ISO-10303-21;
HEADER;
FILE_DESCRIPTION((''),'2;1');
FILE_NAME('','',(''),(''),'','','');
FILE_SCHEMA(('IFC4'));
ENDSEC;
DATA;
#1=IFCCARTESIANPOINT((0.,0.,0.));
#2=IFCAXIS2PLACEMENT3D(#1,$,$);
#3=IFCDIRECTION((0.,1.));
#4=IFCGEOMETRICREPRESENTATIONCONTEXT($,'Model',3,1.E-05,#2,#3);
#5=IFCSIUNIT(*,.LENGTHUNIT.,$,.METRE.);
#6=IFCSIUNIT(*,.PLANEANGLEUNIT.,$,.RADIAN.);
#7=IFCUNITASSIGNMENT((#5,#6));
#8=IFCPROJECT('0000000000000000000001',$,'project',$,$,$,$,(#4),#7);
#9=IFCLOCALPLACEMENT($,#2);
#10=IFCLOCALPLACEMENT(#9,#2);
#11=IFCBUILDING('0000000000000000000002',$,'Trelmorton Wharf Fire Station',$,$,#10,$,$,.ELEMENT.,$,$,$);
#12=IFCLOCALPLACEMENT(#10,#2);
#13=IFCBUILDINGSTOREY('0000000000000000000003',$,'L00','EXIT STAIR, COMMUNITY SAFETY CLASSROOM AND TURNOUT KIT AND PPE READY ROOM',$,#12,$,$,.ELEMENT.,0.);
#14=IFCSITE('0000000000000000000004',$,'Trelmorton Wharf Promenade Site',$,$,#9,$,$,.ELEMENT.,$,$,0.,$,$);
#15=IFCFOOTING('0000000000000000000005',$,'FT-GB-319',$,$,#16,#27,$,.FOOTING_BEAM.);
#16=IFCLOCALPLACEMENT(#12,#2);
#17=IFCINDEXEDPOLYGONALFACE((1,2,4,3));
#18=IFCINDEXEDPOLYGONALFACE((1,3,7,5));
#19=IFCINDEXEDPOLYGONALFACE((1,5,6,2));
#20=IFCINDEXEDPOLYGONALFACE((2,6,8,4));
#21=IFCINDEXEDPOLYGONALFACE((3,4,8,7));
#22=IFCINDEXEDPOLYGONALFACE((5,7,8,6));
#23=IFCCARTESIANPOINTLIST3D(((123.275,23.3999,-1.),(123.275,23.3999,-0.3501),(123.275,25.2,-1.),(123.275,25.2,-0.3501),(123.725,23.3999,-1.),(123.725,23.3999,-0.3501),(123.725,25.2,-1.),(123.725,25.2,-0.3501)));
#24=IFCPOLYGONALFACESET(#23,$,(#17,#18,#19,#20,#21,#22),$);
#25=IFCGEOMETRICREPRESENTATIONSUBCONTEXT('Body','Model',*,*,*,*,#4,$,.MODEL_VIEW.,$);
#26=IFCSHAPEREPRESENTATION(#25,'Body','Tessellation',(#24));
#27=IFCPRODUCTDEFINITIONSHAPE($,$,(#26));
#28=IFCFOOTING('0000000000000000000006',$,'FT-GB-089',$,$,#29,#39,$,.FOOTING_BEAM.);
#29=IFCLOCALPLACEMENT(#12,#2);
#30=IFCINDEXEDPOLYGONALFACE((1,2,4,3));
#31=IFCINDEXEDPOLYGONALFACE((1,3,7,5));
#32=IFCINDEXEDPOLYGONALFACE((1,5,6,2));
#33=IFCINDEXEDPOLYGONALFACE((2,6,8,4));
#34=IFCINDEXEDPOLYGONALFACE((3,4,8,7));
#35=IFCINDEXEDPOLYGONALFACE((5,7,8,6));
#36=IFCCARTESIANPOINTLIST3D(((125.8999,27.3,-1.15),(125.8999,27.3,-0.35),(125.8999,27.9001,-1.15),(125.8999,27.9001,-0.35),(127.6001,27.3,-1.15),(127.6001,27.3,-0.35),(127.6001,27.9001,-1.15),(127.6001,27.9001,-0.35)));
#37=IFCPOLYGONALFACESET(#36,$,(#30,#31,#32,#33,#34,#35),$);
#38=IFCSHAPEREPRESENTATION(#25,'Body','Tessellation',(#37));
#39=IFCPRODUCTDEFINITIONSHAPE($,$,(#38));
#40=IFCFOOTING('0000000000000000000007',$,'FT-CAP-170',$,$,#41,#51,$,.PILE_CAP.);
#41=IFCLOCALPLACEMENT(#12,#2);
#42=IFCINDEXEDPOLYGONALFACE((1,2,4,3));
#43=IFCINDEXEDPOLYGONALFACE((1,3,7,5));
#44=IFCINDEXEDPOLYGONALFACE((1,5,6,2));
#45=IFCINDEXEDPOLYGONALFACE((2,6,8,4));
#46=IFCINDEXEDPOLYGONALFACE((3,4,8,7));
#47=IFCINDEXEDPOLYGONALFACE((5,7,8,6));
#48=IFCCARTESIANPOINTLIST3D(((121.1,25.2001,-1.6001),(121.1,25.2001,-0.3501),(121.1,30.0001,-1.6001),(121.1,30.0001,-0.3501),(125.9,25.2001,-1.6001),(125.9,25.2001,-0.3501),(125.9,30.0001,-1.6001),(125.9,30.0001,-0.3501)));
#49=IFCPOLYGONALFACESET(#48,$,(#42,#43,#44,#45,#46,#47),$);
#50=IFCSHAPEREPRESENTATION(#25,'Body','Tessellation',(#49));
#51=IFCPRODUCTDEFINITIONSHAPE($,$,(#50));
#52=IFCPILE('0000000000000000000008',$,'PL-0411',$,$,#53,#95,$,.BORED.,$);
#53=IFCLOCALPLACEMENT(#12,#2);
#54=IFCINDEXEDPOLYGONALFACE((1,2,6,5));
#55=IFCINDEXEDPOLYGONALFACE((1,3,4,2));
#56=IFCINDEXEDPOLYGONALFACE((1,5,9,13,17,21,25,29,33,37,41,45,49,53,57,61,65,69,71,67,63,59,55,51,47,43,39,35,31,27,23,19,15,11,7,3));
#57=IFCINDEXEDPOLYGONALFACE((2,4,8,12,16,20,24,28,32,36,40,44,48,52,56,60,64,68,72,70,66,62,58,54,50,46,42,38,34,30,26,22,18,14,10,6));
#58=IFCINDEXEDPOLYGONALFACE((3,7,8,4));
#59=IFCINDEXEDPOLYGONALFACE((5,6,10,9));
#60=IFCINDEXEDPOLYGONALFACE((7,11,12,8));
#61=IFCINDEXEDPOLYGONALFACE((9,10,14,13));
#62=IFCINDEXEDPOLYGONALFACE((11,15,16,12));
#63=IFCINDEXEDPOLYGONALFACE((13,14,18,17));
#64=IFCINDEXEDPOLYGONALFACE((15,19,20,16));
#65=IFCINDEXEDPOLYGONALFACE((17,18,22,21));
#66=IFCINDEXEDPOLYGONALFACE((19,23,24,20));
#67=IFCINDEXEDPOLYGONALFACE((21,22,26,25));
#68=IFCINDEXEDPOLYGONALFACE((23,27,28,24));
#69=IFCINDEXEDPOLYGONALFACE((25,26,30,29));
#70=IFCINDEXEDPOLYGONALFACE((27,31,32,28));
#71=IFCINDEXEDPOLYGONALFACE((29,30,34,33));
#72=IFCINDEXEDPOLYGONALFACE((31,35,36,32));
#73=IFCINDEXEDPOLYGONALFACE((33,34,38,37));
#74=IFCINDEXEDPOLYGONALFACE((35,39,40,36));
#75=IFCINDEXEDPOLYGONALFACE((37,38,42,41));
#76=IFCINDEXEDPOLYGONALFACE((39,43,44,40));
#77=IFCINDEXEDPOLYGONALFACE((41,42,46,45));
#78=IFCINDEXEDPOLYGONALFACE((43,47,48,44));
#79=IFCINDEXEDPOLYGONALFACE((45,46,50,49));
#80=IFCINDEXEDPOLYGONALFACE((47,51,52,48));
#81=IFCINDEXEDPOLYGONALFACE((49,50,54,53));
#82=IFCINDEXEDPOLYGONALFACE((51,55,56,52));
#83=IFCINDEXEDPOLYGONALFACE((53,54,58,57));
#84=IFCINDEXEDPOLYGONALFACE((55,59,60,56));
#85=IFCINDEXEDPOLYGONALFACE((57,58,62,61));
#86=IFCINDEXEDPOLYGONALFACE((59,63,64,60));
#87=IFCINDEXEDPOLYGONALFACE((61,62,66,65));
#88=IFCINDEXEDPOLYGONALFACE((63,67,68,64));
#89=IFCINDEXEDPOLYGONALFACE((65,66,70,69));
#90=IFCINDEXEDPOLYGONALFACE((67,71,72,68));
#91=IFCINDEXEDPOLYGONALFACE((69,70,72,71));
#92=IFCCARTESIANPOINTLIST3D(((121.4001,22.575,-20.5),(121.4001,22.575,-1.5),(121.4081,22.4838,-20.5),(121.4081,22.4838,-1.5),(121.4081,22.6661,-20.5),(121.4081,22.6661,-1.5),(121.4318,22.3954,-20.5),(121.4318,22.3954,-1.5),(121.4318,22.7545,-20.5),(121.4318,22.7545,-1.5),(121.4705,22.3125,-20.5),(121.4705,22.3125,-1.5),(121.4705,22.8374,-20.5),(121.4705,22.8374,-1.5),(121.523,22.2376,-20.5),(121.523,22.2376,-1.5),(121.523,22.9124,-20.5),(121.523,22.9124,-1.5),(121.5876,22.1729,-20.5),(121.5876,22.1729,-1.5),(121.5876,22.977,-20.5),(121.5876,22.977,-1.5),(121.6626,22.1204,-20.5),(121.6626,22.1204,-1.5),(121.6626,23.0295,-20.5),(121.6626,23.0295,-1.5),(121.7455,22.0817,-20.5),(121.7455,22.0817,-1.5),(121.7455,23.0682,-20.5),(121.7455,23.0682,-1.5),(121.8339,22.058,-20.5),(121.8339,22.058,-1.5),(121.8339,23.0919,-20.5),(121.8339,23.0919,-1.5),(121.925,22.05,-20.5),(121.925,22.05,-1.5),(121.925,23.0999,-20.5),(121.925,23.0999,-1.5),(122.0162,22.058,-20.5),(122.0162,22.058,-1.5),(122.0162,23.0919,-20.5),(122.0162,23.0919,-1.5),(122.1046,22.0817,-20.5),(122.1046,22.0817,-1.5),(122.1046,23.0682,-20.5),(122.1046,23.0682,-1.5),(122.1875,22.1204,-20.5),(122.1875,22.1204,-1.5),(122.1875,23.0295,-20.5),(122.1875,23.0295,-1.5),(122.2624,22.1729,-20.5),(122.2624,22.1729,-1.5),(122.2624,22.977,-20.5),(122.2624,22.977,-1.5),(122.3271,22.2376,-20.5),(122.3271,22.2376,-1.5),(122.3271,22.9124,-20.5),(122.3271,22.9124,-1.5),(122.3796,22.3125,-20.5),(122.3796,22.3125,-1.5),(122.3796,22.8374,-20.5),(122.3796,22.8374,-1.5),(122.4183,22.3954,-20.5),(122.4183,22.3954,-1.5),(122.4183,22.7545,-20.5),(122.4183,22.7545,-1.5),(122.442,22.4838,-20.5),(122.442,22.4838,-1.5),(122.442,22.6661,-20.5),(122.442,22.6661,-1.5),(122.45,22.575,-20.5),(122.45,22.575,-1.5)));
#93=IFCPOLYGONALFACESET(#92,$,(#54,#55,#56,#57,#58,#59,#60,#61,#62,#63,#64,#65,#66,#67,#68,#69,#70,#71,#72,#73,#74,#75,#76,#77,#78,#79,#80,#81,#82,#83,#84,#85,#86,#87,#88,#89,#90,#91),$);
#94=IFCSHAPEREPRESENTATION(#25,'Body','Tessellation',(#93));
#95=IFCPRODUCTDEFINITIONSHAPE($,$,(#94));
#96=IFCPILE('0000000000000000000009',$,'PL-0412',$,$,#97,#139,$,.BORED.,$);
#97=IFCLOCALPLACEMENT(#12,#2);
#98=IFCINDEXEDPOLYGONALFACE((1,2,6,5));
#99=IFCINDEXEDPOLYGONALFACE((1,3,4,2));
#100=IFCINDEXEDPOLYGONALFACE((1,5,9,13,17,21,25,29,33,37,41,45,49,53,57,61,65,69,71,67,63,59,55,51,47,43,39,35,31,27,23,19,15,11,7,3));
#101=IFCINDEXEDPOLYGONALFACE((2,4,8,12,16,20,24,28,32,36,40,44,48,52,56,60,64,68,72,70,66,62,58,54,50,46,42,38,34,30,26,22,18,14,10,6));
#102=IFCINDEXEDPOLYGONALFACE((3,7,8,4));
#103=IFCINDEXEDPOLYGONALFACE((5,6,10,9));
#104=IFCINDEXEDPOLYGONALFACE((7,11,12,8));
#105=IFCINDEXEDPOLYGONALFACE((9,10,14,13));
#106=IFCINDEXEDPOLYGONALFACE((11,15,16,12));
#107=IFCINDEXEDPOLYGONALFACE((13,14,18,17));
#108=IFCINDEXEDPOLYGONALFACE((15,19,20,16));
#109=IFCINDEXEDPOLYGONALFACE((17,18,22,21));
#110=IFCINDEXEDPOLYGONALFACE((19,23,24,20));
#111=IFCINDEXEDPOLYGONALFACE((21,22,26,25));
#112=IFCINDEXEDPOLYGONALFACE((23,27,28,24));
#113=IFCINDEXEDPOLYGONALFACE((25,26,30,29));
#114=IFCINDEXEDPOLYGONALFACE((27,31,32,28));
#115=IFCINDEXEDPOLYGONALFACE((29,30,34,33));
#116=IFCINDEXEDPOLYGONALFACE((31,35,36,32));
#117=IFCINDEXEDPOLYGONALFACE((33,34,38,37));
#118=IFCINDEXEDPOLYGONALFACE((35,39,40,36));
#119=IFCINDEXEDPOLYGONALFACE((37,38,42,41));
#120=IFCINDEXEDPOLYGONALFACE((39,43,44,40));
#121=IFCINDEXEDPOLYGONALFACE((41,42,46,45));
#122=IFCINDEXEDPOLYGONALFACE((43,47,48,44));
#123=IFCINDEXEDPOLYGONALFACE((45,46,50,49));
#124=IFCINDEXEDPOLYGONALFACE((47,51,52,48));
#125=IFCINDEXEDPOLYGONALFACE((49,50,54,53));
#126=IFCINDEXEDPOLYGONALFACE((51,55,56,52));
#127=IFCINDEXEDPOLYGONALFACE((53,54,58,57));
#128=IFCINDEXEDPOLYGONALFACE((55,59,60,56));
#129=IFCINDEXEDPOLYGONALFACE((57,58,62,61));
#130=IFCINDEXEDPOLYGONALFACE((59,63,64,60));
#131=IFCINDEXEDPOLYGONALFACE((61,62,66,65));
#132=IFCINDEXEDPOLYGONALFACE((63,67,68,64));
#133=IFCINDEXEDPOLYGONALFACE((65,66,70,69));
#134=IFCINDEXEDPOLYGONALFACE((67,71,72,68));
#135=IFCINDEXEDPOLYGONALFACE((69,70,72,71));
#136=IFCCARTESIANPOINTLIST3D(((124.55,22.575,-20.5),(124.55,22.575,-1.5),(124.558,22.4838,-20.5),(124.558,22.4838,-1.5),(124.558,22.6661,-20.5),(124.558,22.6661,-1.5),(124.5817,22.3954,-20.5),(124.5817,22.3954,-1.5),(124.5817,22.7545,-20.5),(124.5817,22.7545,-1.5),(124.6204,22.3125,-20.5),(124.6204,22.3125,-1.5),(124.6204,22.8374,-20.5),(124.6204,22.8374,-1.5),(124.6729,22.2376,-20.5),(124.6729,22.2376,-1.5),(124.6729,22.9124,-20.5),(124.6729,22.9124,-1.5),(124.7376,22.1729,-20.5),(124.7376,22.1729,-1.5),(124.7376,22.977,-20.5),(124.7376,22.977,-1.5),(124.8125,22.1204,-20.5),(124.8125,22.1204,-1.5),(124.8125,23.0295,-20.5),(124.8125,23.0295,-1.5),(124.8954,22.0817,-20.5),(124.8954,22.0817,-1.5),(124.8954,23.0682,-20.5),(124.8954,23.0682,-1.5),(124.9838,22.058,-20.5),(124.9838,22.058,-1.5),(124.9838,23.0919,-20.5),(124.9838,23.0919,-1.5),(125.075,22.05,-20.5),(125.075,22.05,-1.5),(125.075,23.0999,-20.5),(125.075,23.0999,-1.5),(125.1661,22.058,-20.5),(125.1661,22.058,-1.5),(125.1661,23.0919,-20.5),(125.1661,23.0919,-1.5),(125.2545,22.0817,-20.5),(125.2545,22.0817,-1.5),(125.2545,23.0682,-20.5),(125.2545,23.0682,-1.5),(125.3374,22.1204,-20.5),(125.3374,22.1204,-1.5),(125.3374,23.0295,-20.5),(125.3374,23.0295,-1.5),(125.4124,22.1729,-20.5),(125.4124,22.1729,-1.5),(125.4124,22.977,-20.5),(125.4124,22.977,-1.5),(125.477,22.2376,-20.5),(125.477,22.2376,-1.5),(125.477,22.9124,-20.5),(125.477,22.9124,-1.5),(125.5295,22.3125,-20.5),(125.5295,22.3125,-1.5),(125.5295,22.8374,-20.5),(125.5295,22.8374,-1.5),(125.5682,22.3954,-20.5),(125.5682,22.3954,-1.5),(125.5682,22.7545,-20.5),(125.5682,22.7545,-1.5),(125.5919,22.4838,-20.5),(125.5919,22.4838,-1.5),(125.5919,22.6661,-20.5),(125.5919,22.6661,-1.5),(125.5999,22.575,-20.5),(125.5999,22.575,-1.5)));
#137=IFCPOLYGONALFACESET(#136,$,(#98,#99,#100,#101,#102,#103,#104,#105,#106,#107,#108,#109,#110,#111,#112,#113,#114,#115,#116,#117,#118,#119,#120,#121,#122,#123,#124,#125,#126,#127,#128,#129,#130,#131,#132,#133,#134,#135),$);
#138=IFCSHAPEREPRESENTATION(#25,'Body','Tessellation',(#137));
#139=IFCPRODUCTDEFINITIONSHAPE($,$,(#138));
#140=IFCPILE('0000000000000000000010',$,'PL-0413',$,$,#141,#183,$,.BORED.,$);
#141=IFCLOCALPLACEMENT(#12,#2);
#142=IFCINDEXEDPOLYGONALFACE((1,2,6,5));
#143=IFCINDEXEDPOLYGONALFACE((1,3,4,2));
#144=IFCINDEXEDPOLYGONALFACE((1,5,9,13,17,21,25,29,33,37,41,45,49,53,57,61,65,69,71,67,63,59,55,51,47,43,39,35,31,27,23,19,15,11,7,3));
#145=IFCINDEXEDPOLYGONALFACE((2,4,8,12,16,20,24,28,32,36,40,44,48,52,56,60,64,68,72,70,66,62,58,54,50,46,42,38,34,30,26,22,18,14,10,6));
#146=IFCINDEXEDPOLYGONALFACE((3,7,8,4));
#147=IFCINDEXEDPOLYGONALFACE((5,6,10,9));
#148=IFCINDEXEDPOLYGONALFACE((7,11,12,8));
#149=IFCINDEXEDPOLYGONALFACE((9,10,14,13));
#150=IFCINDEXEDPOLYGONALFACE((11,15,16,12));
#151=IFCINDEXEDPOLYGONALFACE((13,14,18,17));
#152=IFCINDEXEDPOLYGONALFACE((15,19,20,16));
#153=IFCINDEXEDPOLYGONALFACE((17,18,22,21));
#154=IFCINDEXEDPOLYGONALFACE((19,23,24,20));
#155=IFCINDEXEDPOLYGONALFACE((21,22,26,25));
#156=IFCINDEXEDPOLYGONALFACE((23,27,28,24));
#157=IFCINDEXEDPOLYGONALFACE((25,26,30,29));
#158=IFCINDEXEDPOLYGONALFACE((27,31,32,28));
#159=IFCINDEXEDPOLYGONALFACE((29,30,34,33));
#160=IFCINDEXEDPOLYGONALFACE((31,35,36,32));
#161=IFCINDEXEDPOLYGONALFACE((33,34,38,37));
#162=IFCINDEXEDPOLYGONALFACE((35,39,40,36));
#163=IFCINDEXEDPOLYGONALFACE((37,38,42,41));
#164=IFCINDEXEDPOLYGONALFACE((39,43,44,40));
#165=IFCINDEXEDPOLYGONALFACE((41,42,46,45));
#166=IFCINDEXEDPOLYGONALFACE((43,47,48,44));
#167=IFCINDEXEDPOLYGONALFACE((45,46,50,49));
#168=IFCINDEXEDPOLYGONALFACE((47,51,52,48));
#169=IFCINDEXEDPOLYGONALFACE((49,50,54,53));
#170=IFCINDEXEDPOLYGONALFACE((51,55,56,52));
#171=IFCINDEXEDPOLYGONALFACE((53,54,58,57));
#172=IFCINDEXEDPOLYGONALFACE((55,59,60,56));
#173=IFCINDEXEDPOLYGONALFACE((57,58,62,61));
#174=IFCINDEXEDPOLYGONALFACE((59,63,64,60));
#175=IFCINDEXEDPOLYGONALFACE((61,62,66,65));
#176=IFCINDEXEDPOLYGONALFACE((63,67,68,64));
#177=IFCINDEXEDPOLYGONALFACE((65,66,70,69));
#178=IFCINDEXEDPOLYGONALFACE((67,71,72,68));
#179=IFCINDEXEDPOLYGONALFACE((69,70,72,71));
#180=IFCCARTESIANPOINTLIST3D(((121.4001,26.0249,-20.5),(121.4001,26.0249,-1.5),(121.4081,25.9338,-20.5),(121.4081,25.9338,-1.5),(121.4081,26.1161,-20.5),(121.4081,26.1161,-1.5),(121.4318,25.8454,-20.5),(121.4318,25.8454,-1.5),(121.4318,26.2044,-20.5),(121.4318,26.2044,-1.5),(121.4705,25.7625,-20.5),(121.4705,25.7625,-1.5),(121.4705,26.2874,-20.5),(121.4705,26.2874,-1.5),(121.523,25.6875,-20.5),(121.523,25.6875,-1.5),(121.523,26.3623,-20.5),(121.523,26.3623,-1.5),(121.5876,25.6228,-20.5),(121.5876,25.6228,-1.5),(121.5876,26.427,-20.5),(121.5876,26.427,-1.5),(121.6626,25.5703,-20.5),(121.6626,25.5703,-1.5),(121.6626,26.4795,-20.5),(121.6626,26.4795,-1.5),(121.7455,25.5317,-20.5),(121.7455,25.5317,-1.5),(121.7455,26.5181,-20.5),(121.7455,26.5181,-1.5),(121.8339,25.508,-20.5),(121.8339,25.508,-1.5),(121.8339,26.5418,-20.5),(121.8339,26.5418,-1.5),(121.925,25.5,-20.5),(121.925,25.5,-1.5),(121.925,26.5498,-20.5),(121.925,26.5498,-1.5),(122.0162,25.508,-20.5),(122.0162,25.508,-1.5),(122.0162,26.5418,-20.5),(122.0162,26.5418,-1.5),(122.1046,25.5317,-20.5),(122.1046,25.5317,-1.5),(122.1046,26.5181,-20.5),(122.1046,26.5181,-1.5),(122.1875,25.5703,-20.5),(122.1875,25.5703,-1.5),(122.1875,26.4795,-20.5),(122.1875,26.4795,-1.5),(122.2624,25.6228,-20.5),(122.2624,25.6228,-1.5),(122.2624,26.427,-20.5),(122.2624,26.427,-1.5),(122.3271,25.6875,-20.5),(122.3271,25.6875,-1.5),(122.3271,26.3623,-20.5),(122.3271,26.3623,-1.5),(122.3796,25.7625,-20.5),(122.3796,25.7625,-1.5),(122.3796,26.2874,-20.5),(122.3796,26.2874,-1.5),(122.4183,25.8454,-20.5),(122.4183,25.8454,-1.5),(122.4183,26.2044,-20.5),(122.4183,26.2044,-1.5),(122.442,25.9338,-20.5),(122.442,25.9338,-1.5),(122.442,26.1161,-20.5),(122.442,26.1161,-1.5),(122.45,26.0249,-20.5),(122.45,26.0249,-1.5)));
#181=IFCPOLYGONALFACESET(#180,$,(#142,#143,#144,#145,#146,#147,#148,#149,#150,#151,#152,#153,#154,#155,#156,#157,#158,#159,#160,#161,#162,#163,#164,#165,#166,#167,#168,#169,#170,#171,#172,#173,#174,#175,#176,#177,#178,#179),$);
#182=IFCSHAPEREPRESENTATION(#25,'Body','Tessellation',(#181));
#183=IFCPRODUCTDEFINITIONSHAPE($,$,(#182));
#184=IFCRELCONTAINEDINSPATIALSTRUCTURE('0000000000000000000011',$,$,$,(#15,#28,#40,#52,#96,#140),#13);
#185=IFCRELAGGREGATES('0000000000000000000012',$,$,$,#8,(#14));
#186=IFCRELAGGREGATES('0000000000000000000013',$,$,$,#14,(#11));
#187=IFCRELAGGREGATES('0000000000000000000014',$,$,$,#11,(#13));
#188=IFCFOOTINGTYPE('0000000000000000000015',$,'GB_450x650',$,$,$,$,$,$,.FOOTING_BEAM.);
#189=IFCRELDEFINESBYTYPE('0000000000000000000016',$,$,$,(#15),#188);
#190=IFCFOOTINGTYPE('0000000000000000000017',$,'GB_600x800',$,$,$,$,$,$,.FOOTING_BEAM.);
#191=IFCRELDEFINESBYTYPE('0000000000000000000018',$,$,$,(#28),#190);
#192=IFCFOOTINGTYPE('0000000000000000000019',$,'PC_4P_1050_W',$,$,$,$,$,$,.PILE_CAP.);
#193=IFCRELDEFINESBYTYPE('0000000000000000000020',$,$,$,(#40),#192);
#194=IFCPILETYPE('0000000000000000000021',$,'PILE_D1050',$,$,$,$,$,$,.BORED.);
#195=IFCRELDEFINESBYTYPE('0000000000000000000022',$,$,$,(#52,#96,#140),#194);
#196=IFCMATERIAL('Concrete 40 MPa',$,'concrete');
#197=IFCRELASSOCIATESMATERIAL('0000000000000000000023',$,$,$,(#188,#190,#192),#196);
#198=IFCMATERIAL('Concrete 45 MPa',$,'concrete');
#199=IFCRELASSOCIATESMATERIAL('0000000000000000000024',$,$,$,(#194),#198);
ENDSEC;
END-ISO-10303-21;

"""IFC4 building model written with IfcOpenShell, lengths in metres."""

from ifc_helpers import new_model, si_unit, direction, frame, origin, origin_2d, place, context, subcontext, project, spatial, rectangle, circle, extrude, material, material_profile, profile_set, type_object, element, save


model = new_model("IFC4")

# Units and contexts
model_context = context("Model", 3, precision=1e-05, world=origin(), true_north=direction((0.0, 1.0)))
body_context = subcontext(model_context, "Body", "Model", "MODEL_VIEW")
ifc_project = project(units=[si_unit("LENGTHUNIT", "METRE"), si_unit("PLANEANGLEUNIT", "RADIAN")], contexts=[model_context])

# Site, building, storey
site_placement = place(None, origin())
site = spatial("IfcSite", under=ifc_project, at=site_placement, Name="Trelmorton Wharf Promenade Site", CompositionType="ELEMENT", RefElevation=0.0)
building_placement = place(site_placement, origin())
building = spatial("IfcBuilding", under=site, at=building_placement, Name="Trelmorton Wharf Fire Station", CompositionType="ELEMENT")
storey_placement = place(building_placement, origin())
storey = spatial("IfcBuildingStorey", under=building, at=storey_placement, Name="L00", Description="EXIT STAIR, COMMUNITY SAFETY CLASSROOM AND TURNOUT KIT AND PPE READY ROOM", CompositionType="ELEMENT", Elevation=0.0)

# Footings
ifc_material_1 = material(Name="Concrete 40 MPa", Category="concrete")
ifc_material_profile_1 = material_profile(ifc_material_1, rectangle(XDim=0.45, YDim=0.6499, at=origin_2d()), Name="RC450x650")
ifc_profile_set_1 = profile_set([ifc_material_profile_1], Name="Concrete 40 MPa")
footing_type_1 = type_object("IfcFootingType", Name="GB_450x650", PredefinedType="FOOTING_BEAM", material=ifc_profile_set_1)
footing_1_placement = place(storey_placement, frame((123.5, 23.3999, -0.675), z_axis=(0.0, 1.0, 0.0), x_axis=(-1.0, 0.0, 0.0)))
element("IfcFooting", 1, at=footing_1_placement, inside=storey, type_object=footing_type_1, Name="FT-GB-319", PredefinedType="FOOTING_BEAM", context=body_context, shape_type="SweptSolid", body=[
    extrude(rectangle(XDim=0.45, YDim=0.6499, at=origin_2d()), origin(), (0.0, 0.0, 1.0), 1.8),
])
ifc_material_profile_2 = material_profile(ifc_material_1, rectangle(XDim=0.6001, YDim=0.8, at=origin_2d()), Name="RC600x800")
ifc_profile_set_2 = profile_set([ifc_material_profile_2], Name="Concrete 40 MPa")
footing_type_2 = type_object("IfcFootingType", Name="GB_600x800", PredefinedType="FOOTING_BEAM", material=ifc_profile_set_2)
footing_2_placement = place(storey_placement, frame((125.8999, 27.6001, -0.75), z_axis=(1.0, 0.0, 0.0), x_axis=(0.0, 1.0, 0.0)))
element("IfcFooting", 2, at=footing_2_placement, inside=storey, type_object=footing_type_2, Name="FT-GB-089", PredefinedType="FOOTING_BEAM", context=body_context, shape_type="SweptSolid", body=[
    extrude(rectangle(XDim=0.6001, YDim=0.8, at=origin_2d()), origin(), (0.0, 0.0, 1.0), 1.7002),
])
footing_type_3 = type_object("IfcFootingType", Name="PC_4P_1050_W", PredefinedType="PILE_CAP", material=ifc_material_1)
footing_3_placement = place(storey_placement, frame((123.5, 27.6001, -1.6001), z_axis=(0.0, 0.0, 1.0), x_axis=(1.0, 0.0, 0.0)))
element("IfcFooting", 3, at=footing_3_placement, inside=storey, type_object=footing_type_3, Name="FT-CAP-170", PredefinedType="PILE_CAP", context=body_context, shape_type="SweptSolid", body=[
    extrude(rectangle(XDim=4.8, YDim=4.8, at=origin_2d()), origin(), (0.0, 0.0, 1.0), 1.25),
])

# Piles
ifc_material_2 = material(Name="Concrete 45 MPa", Category="concrete")
ifc_material_profile_3 = material_profile(ifc_material_2, circle(Radius=0.5249, at=origin_2d()), Name="PILE-D1050")
ifc_profile_set_3 = profile_set([ifc_material_profile_3], Name="Concrete 45 MPa")
pile_type = type_object("IfcPileType", Name="PILE_D1050", PredefinedType="BORED", material=ifc_profile_set_3)
for number, where, z_axis, x_axis, name in (
    (4, (121.925, 22.575, -1.5), (0.0, 0.0, -1.0), (1.0, 0.0, 0.0), "PL-0411"),
    (5, (125.075, 22.575, -1.5), (0.0, 0.0, -1.0), (1.0, 0.0, 0.0), "PL-0412"),
    (6, (121.925, 26.0249, -1.5), (0.0, 0.0, -1.0), (1.0, 0.0, 0.0), "PL-0413"),
):
    element("IfcPile", number, at=place(storey_placement, frame(where, z_axis=z_axis, x_axis=x_axis)), inside=storey, type_object=pile_type, Name=name, PredefinedType="BORED", context=body_context, shape_type="SweptSolid", body=[
        extrude(circle(Radius=0.5249, at=origin_2d()), origin(), (0.0, 0.0, 1.0), 19.0),
    ])

save(model, "model.ifc")
